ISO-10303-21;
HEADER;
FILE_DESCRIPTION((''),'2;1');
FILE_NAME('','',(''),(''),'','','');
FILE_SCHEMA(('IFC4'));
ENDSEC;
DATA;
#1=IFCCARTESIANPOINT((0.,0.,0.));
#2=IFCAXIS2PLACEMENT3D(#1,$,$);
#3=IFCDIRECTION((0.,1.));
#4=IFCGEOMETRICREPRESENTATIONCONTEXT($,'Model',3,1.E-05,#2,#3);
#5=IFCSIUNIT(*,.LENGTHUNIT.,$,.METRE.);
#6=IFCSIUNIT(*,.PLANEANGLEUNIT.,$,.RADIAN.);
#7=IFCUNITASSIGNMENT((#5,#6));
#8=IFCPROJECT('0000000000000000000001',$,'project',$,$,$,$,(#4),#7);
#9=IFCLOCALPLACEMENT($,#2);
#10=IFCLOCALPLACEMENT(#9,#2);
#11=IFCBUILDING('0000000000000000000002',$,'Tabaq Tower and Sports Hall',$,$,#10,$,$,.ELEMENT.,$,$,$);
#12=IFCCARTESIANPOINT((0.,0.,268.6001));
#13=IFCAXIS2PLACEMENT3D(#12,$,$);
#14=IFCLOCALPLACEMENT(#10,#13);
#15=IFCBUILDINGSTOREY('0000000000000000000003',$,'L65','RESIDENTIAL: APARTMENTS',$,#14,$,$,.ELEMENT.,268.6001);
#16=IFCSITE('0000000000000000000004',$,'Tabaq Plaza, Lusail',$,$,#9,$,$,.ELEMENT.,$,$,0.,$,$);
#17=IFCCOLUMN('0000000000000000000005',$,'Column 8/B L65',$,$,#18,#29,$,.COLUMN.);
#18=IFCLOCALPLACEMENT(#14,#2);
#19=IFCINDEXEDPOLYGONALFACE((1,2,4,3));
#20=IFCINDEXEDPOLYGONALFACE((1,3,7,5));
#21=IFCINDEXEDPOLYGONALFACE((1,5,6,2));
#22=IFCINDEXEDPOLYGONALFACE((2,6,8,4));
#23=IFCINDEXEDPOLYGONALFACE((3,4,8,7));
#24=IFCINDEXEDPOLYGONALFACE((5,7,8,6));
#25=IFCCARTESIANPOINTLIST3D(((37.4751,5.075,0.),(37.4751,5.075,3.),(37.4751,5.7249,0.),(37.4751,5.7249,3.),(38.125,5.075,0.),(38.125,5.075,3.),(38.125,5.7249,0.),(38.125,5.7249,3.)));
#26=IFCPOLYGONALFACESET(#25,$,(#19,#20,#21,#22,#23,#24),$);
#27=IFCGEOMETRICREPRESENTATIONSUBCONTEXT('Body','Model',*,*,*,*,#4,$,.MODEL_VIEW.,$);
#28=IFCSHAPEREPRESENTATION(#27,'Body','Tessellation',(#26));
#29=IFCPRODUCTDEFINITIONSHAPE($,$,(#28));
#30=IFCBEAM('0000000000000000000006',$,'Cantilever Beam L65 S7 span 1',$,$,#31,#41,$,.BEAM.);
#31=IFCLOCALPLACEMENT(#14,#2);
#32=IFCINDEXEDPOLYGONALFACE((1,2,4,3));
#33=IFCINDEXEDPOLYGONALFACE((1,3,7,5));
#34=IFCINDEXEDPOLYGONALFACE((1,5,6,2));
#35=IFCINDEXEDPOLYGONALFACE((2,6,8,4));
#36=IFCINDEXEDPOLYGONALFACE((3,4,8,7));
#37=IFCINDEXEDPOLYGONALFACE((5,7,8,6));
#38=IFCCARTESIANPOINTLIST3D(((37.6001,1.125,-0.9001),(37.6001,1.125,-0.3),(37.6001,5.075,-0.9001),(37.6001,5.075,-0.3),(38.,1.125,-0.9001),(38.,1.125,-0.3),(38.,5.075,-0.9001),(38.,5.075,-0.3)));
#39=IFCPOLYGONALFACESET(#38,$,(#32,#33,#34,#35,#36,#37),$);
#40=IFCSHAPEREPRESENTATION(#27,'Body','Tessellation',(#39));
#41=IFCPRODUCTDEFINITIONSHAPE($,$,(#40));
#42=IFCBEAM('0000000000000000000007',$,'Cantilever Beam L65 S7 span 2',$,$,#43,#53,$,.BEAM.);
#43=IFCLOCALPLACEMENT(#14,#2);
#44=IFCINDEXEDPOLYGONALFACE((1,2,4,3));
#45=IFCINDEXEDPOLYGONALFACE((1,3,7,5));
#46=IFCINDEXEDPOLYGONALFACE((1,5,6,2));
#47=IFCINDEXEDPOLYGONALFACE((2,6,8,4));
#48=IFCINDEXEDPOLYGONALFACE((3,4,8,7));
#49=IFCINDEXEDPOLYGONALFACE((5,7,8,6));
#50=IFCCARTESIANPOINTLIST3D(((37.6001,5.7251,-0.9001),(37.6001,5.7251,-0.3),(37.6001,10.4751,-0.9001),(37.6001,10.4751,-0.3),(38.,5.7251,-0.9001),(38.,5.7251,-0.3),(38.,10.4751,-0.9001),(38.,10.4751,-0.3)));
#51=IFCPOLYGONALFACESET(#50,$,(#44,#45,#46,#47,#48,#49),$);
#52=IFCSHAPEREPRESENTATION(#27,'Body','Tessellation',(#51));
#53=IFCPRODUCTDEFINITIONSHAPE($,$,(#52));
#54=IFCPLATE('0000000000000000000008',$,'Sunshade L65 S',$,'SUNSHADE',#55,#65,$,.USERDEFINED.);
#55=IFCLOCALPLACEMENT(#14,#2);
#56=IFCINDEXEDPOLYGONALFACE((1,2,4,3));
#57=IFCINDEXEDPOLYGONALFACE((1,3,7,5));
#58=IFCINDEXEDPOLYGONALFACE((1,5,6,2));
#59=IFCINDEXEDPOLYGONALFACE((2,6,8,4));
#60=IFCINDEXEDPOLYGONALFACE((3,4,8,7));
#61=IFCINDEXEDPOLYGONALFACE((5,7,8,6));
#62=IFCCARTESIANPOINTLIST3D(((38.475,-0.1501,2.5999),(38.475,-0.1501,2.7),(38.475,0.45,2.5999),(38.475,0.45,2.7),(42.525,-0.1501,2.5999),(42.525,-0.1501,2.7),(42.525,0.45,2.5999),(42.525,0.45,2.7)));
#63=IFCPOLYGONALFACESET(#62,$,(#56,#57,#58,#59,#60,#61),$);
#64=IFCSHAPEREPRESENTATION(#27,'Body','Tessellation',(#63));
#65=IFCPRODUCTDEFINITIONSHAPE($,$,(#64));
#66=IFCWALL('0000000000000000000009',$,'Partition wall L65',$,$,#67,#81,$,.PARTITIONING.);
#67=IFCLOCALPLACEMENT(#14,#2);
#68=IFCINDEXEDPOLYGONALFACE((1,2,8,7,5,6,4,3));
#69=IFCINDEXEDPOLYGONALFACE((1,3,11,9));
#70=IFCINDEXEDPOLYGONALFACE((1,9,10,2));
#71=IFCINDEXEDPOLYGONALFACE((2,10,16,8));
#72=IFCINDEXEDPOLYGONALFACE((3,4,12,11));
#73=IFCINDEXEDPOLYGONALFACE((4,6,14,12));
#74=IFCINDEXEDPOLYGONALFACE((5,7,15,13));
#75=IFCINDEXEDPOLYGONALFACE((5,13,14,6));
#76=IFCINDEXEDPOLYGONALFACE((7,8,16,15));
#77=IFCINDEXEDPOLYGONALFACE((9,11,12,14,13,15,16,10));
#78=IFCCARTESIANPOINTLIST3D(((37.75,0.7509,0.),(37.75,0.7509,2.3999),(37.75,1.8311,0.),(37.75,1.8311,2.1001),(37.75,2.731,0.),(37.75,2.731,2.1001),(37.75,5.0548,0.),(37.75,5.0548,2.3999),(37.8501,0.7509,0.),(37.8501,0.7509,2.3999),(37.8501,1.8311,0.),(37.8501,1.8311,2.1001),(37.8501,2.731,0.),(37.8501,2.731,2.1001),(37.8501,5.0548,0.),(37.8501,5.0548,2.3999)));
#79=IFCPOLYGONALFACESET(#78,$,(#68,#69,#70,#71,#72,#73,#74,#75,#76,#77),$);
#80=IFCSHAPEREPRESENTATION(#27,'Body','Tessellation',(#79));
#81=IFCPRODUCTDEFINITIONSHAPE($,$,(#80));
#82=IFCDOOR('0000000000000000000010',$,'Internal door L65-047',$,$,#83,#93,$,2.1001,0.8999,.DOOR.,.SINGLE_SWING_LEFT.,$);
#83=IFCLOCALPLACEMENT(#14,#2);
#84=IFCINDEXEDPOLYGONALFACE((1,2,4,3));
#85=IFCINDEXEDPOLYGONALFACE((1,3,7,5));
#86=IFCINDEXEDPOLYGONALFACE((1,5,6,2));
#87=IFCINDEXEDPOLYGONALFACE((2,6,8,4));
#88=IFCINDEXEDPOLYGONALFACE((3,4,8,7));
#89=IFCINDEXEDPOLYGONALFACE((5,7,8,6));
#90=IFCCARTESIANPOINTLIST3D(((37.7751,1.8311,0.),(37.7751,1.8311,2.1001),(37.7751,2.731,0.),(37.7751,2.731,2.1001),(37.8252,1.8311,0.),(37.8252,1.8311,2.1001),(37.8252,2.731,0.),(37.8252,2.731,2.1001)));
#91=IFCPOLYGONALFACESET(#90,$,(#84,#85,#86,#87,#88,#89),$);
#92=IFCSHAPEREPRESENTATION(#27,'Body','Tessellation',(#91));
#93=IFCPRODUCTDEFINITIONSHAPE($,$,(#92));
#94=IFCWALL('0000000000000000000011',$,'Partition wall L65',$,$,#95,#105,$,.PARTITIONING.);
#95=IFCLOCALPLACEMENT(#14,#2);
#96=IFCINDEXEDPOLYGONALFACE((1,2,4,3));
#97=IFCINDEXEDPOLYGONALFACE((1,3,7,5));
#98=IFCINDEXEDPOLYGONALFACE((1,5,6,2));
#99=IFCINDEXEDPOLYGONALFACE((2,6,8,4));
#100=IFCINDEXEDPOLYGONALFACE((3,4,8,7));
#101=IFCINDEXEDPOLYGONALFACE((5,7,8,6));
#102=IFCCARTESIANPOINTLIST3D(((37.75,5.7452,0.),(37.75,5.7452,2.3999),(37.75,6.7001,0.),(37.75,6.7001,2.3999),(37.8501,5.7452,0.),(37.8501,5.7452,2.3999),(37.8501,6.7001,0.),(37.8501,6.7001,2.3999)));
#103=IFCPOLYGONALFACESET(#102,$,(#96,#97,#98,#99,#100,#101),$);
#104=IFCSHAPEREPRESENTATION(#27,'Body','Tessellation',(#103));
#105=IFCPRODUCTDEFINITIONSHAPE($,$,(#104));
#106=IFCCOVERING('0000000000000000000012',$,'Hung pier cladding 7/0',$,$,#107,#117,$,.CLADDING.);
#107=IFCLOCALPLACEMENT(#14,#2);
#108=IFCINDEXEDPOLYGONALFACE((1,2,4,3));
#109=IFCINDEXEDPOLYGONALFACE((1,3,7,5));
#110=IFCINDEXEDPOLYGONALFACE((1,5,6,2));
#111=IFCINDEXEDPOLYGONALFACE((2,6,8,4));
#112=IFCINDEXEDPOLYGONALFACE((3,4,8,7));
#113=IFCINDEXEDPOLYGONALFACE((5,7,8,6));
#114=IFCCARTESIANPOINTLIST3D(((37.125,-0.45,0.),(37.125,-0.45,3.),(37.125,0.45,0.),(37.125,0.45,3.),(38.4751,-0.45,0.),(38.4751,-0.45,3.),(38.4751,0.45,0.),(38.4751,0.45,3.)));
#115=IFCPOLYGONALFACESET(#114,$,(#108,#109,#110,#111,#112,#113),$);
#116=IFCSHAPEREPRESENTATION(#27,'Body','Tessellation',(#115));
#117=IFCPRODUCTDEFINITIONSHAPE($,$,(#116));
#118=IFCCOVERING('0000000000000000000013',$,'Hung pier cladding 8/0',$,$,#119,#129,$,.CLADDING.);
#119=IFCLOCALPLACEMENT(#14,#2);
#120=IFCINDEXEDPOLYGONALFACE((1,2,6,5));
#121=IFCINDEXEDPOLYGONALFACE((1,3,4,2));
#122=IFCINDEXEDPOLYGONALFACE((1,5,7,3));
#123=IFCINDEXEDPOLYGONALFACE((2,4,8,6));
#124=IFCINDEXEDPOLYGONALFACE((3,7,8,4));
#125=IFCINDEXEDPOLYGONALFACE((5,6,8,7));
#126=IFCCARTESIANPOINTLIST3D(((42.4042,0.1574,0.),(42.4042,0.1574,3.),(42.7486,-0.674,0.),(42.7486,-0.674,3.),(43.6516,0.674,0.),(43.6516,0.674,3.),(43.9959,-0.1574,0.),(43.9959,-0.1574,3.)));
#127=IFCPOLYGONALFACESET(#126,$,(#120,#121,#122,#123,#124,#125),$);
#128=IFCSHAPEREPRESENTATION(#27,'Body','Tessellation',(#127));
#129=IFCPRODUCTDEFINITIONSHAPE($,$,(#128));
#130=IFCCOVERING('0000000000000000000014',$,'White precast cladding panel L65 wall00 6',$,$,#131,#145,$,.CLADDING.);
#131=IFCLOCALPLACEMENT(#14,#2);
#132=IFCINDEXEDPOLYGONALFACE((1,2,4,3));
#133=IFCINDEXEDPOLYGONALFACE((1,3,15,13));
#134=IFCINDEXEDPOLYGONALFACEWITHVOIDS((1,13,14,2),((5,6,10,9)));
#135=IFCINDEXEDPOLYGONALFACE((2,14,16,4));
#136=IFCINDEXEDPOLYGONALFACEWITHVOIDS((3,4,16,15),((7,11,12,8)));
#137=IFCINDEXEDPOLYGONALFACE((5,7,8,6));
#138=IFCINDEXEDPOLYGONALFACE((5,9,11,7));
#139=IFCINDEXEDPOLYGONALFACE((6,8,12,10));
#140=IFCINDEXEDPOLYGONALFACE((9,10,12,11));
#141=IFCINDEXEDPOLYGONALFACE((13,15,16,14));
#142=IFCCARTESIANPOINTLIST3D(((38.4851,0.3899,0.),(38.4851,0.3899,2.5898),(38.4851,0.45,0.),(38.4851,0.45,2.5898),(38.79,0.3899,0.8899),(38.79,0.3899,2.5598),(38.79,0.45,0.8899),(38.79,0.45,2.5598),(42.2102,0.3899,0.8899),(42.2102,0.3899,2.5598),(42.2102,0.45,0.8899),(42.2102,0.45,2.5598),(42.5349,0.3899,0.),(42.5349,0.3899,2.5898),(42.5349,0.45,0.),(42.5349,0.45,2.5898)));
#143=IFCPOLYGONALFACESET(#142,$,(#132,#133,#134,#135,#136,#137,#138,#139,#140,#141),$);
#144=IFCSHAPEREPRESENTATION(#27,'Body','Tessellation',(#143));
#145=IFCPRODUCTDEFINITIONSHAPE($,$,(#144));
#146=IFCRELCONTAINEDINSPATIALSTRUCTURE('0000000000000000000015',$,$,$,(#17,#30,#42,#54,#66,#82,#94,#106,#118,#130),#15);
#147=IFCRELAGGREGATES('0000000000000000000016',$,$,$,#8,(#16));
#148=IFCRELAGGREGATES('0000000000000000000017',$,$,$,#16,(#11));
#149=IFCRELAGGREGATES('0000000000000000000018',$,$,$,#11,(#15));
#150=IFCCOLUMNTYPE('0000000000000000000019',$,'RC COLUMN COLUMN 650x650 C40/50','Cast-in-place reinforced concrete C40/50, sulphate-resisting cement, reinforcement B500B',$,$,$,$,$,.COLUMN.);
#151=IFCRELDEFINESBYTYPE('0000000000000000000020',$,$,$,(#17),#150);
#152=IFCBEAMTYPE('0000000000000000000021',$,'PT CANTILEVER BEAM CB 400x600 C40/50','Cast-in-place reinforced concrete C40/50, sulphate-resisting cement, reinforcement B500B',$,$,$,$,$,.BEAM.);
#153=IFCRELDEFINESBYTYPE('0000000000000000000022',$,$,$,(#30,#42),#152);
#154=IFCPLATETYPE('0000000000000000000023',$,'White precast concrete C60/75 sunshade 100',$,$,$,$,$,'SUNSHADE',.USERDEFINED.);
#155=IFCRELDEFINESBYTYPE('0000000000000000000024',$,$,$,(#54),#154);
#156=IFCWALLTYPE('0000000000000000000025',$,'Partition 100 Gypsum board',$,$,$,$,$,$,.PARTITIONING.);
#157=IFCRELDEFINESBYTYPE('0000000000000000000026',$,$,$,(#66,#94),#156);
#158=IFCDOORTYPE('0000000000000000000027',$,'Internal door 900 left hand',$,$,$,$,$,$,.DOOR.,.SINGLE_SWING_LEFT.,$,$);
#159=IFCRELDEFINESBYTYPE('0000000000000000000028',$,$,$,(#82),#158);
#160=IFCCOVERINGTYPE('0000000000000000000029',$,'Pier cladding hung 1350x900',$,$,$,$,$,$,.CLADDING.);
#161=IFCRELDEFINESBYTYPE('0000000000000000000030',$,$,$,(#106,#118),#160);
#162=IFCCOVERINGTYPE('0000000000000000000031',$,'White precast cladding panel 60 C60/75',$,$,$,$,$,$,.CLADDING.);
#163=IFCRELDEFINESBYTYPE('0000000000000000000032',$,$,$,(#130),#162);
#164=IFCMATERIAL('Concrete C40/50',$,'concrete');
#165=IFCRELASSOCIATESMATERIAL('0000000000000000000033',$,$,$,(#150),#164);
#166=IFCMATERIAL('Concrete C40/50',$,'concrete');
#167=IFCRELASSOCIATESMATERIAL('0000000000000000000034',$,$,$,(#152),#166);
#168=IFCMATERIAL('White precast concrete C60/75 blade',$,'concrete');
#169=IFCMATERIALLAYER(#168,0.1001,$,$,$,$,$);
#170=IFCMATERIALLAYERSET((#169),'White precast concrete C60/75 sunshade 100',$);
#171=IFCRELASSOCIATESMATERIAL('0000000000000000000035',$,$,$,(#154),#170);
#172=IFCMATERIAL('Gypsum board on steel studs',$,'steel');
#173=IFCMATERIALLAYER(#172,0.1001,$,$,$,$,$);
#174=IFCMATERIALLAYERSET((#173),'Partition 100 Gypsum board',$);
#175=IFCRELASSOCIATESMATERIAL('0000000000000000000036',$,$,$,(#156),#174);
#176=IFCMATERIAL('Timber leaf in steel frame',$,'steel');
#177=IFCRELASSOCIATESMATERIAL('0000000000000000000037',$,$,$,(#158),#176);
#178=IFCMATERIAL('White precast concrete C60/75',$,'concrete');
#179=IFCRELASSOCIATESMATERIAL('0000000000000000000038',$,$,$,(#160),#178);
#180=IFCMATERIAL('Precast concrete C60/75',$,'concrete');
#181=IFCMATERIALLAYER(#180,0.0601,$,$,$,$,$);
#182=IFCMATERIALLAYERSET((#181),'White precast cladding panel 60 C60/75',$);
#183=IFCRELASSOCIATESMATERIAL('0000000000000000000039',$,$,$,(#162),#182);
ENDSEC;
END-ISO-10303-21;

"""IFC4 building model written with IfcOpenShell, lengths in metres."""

from ifc_helpers import new_model, si_unit, direction, frame, frame_2d, origin, origin_2d, place, context, subcontext, project, spatial, polyline, rectangle, outline, extrude, material, layer, layer_set, material_profile, profile_set, type_object, element, fill, save


model = new_model("IFC4")

# Units and contexts
model_context = context("Model", 3, precision=1e-05, world=origin(), true_north=direction((0.0, 1.0)))
body_context = subcontext(model_context, "Body", "Model", "MODEL_VIEW")
ifc_project = project(units=[si_unit("LENGTHUNIT", "METRE"), si_unit("PLANEANGLEUNIT", "RADIAN")], contexts=[model_context])

# Site, building, storey
site_placement = place(None, origin())
site = spatial("IfcSite", under=ifc_project, at=site_placement, Name="Tabaq Plaza, Lusail", CompositionType="ELEMENT", RefElevation=0.0)
building_placement = place(site_placement, origin())
building = spatial("IfcBuilding", under=site, at=building_placement, Name="Tabaq Tower and Sports Hall", CompositionType="ELEMENT")
storey_placement = place(building_placement, frame((0.0, 0.0, 268.6001)))
storey = spatial("IfcBuildingStorey", under=building, at=storey_placement, Name="L65", Description="RESIDENTIAL: APARTMENTS", CompositionType="ELEMENT", Elevation=268.6001)

# Column
ifc_material_1 = material(Name="Concrete C40/50", Category="concrete")
ifc_material_profile_1 = material_profile(ifc_material_1, rectangle(XDim=0.6499, YDim=0.6499, at=origin_2d()), Name="COLUMN 650x650")
ifc_profile_set_1 = profile_set([ifc_material_profile_1], Name="Concrete C40/50")
column_type = type_object("IfcColumnType", Name="RC COLUMN COLUMN 650x650 C40/50", Description="Cast-in-place reinforced concrete C40/50, sulphate-resisting cement, reinforcement B500B", PredefinedType="COLUMN", material=ifc_profile_set_1)
column_placement = place(storey_placement, frame((37.8, 5.3999, 0.0), z_axis=(0.0, 0.0, 1.0), x_axis=(1.0, 0.0, 0.0)))
element("IfcColumn", 1, at=column_placement, inside=storey, type_object=column_type, Name="Column 8/B L65", PredefinedType="COLUMN", context=body_context, shape_type="SweptSolid", body=[
    extrude(rectangle(XDim=0.6499, YDim=0.6499, at=origin_2d()), origin(), (0.0, 0.0, 1.0), 3.0),
])

# Beams
ifc_material_2 = material(Name="Concrete C40/50", Category="concrete")
ifc_material_profile_2 = material_profile(ifc_material_2, rectangle(XDim=0.3999, YDim=0.6001, at=origin_2d()), Name="CB 400x600")
ifc_profile_set_2 = profile_set([ifc_material_profile_2], Name="Concrete C40/50")
beam_type = type_object("IfcBeamType", Name="PT CANTILEVER BEAM CB 400x600 C40/50", Description="Cast-in-place reinforced concrete C40/50, sulphate-resisting cement, reinforcement B500B", PredefinedType="BEAM", material=ifc_profile_set_2)
beam_1_placement = place(storey_placement, frame((37.8, 1.125, -0.6001), z_axis=(0.0, 1.0, 0.0), x_axis=(-1.0, 0.0, 0.0)))
element("IfcBeam", 2, at=beam_1_placement, inside=storey, type_object=beam_type, Name="Cantilever Beam L65 S7 span 1", PredefinedType="BEAM", context=body_context, shape_type="SweptSolid", body=[
    extrude(rectangle(XDim=0.3999, YDim=0.6001, at=origin_2d()), origin(), (0.0, 0.0, 1.0), 3.95),
])
beam_2_placement = place(storey_placement, frame((37.8, 5.7251, -0.6001), z_axis=(0.0, 1.0, 0.0), x_axis=(-1.0, 0.0, 0.0)))
element("IfcBeam", 3, at=beam_2_placement, inside=storey, type_object=beam_type, Name="Cantilever Beam L65 S7 span 2", PredefinedType="BEAM", context=body_context, shape_type="SweptSolid", body=[
    extrude(rectangle(XDim=0.3999, YDim=0.6001, at=origin_2d()), origin(), (0.0, 0.0, 1.0), 4.75),
])

# Plate
ifc_material_3 = material(Name="White precast concrete C60/75 blade", Category="concrete")
ifc_layer_1 = layer(ifc_material_3, 0.1001)
ifc_layer_set_1 = layer_set([ifc_layer_1], Name="White precast concrete C60/75 sunshade 100")
plate_type = type_object("IfcPlateType", Name="White precast concrete C60/75 sunshade 100", ElementType="SUNSHADE", PredefinedType="USERDEFINED", material=ifc_layer_set_1)
plate_placement = place(storey_placement, frame((40.5, 0.1499, 2.5999), z_axis=(0.0, 0.0, 1.0), x_axis=(1.0, 0.0, 0.0)))
element("IfcPlate", 4, at=plate_placement, inside=storey, type_object=plate_type, Name="Sunshade L65 S", ObjectType="SUNSHADE", PredefinedType="USERDEFINED", context=body_context, shape_type="SweptSolid", body=[
    extrude(rectangle(XDim=4.05, YDim=0.6001, at=origin_2d()), origin(), (0.0, 0.0, 1.0), 0.1001),
])

# Wall, opening, door
ifc_material_4 = material(Name="Gypsum board on steel studs", Category="steel")
ifc_layer_2 = layer(ifc_material_4, 0.1001)
ifc_layer_set_2 = layer_set([ifc_layer_2], Name="Partition 100 Gypsum board")
wall_type = type_object("IfcWallType", Name="Partition 100 Gypsum board", PredefinedType="PARTITIONING", material=ifc_layer_set_2)
wall_1_placement = place(storey_placement, frame((37.8, 0.751, 0.0), z_axis=(0.0, 0.0, 1.0), x_axis=(0.0, 1.0, 0.0)))
wall_1 = element("IfcWall", 5, at=wall_1_placement, inside=storey, type_object=wall_type, Name="Partition wall L65", PredefinedType="PARTITIONING", context=body_context, shape_type="SweptSolid", body=[
    extrude(rectangle(XDim=4.304, YDim=0.1001, at=frame_2d((2.1519, 0.0))), origin(), (0.0, 0.0, 1.0), 2.3999),
])
opening_placement = place(wall_1_placement, frame((1.0801, 0.0, 0.0)))
opening = element("IfcOpeningElement", 6, at=opening_placement, cuts=wall_1, PredefinedType="OPENING", context=body_context, shape_type="SweptSolid", body=[
    extrude(rectangle(XDim=0.8999, YDim=2.1001, at=frame_2d((0.45, 1.05))), frame((0.0, 0.05, 0.0), z_axis=(0.0, -1.0, 0.0), x_axis=(1.0, 0.0, 0.0)), (0.0, 0.0, 1.0), 0.1001),
])
ifc_material_5 = material(Name="Timber leaf in steel frame", Category="steel")
door_type = type_object("IfcDoorType", Name="Internal door 900 left hand", OperationType="SINGLE_SWING_LEFT", PredefinedType="DOOR", material=ifc_material_5)
door_placement = place(opening_placement, origin())
door = element("IfcDoor", 7, at=door_placement, inside=storey, type_object=door_type, Name="Internal door L65-047", OperationType="SINGLE_SWING_LEFT", OverallHeight=2.1001, OverallWidth=0.8999, PredefinedType="DOOR", context=body_context, shape_type="SweptSolid", body=[
    extrude(rectangle(XDim=0.8999, YDim=2.1001, at=frame_2d((0.45, 1.05))), frame((0.0, 0.0249, 0.0), z_axis=(0.0, -1.0, 0.0), x_axis=(1.0, 0.0, 0.0)), (0.0, 0.0, 1.0), 0.05),
])
fill(opening, door)

# Wall
wall_2_placement = place(storey_placement, frame((37.8, 5.7451, 0.0), z_axis=(0.0, 0.0, 1.0), x_axis=(0.0, 1.0, 0.0)))
element("IfcWall", 8, at=wall_2_placement, inside=storey, type_object=wall_type, Name="Partition wall L65", PredefinedType="PARTITIONING", context=body_context, shape_type="SweptSolid", body=[
    extrude(rectangle(XDim=0.9548, YDim=0.1001, at=frame_2d((0.4775, 0.0))), origin(), (0.0, 0.0, 1.0), 2.3999),
])

# Coverings
ifc_material_6 = material(Name="White precast concrete C60/75", Category="concrete")
covering_type_1 = type_object("IfcCoveringType", Name="Pier cladding hung 1350x900", PredefinedType="CLADDING", material=ifc_material_6)
for number, where, z_axis, x_axis, name in (
    (9, (37.125, 0.0, 0.0), (0.0, 0.0, 1.0), (1.0, 0.0, 0.0), "Hung pier cladding 7/0"),
    (10, (42.5764, -0.2583, 0.0), (0.0, 0.0, 1.0), (0.923893, 0.38265, 0.0), "Hung pier cladding 8/0"),
):
    element("IfcCovering", number, at=place(storey_placement, frame(where, z_axis=z_axis, x_axis=x_axis)), inside=storey, type_object=covering_type_1, Name=name, PredefinedType="CLADDING", context=body_context, shape_type="SweptSolid", body=[
        extrude(rectangle(XDim=1.3501, YDim=0.8999, at=frame_2d((0.675, 0.0))), origin(), (0.0, 0.0, 1.0), 3.0),
    ])
ifc_material_7 = material(Name="Precast concrete C60/75", Category="concrete")
ifc_layer_3 = layer(ifc_material_7, 0.0601)
ifc_layer_set_3 = layer_set([ifc_layer_3], Name="White precast cladding panel 60 C60/75")
covering_type_2 = type_object("IfcCoveringType", Name="White precast cladding panel 60 C60/75", PredefinedType="CLADDING", material=ifc_layer_set_3)
covering_placement = place(storey_placement, frame((38.4851, 0.4199, 0.0), z_axis=(0.0, 0.0, 1.0), x_axis=(1.0, 0.0, 0.0)))
element("IfcCovering", 11, at=covering_placement, inside=storey, type_object=covering_type_2, Name="White precast cladding panel L65 wall00 6", PredefinedType="CLADDING", context=body_context, shape_type="SweptSolid", body=[
    extrude(outline(polyline([(0.0, 0.0), (4.0498, 0.0), (4.0498, 2.5898), (0.0, 2.5898), (0.0, 0.0)]), holes=[polyline([(3.7251, 0.8899), (0.3049, 0.8899), (0.3049, 2.5598), (3.7251, 2.5598), (3.7251, 0.8899)])]), frame((0.0, 0.03, 0.0), z_axis=(0.0, -1.0, 0.0), x_axis=(1.0, 0.0, 0.0)), (0.0, 0.0, 1.0), 0.0601),
])

save(model, "model.ifc")
